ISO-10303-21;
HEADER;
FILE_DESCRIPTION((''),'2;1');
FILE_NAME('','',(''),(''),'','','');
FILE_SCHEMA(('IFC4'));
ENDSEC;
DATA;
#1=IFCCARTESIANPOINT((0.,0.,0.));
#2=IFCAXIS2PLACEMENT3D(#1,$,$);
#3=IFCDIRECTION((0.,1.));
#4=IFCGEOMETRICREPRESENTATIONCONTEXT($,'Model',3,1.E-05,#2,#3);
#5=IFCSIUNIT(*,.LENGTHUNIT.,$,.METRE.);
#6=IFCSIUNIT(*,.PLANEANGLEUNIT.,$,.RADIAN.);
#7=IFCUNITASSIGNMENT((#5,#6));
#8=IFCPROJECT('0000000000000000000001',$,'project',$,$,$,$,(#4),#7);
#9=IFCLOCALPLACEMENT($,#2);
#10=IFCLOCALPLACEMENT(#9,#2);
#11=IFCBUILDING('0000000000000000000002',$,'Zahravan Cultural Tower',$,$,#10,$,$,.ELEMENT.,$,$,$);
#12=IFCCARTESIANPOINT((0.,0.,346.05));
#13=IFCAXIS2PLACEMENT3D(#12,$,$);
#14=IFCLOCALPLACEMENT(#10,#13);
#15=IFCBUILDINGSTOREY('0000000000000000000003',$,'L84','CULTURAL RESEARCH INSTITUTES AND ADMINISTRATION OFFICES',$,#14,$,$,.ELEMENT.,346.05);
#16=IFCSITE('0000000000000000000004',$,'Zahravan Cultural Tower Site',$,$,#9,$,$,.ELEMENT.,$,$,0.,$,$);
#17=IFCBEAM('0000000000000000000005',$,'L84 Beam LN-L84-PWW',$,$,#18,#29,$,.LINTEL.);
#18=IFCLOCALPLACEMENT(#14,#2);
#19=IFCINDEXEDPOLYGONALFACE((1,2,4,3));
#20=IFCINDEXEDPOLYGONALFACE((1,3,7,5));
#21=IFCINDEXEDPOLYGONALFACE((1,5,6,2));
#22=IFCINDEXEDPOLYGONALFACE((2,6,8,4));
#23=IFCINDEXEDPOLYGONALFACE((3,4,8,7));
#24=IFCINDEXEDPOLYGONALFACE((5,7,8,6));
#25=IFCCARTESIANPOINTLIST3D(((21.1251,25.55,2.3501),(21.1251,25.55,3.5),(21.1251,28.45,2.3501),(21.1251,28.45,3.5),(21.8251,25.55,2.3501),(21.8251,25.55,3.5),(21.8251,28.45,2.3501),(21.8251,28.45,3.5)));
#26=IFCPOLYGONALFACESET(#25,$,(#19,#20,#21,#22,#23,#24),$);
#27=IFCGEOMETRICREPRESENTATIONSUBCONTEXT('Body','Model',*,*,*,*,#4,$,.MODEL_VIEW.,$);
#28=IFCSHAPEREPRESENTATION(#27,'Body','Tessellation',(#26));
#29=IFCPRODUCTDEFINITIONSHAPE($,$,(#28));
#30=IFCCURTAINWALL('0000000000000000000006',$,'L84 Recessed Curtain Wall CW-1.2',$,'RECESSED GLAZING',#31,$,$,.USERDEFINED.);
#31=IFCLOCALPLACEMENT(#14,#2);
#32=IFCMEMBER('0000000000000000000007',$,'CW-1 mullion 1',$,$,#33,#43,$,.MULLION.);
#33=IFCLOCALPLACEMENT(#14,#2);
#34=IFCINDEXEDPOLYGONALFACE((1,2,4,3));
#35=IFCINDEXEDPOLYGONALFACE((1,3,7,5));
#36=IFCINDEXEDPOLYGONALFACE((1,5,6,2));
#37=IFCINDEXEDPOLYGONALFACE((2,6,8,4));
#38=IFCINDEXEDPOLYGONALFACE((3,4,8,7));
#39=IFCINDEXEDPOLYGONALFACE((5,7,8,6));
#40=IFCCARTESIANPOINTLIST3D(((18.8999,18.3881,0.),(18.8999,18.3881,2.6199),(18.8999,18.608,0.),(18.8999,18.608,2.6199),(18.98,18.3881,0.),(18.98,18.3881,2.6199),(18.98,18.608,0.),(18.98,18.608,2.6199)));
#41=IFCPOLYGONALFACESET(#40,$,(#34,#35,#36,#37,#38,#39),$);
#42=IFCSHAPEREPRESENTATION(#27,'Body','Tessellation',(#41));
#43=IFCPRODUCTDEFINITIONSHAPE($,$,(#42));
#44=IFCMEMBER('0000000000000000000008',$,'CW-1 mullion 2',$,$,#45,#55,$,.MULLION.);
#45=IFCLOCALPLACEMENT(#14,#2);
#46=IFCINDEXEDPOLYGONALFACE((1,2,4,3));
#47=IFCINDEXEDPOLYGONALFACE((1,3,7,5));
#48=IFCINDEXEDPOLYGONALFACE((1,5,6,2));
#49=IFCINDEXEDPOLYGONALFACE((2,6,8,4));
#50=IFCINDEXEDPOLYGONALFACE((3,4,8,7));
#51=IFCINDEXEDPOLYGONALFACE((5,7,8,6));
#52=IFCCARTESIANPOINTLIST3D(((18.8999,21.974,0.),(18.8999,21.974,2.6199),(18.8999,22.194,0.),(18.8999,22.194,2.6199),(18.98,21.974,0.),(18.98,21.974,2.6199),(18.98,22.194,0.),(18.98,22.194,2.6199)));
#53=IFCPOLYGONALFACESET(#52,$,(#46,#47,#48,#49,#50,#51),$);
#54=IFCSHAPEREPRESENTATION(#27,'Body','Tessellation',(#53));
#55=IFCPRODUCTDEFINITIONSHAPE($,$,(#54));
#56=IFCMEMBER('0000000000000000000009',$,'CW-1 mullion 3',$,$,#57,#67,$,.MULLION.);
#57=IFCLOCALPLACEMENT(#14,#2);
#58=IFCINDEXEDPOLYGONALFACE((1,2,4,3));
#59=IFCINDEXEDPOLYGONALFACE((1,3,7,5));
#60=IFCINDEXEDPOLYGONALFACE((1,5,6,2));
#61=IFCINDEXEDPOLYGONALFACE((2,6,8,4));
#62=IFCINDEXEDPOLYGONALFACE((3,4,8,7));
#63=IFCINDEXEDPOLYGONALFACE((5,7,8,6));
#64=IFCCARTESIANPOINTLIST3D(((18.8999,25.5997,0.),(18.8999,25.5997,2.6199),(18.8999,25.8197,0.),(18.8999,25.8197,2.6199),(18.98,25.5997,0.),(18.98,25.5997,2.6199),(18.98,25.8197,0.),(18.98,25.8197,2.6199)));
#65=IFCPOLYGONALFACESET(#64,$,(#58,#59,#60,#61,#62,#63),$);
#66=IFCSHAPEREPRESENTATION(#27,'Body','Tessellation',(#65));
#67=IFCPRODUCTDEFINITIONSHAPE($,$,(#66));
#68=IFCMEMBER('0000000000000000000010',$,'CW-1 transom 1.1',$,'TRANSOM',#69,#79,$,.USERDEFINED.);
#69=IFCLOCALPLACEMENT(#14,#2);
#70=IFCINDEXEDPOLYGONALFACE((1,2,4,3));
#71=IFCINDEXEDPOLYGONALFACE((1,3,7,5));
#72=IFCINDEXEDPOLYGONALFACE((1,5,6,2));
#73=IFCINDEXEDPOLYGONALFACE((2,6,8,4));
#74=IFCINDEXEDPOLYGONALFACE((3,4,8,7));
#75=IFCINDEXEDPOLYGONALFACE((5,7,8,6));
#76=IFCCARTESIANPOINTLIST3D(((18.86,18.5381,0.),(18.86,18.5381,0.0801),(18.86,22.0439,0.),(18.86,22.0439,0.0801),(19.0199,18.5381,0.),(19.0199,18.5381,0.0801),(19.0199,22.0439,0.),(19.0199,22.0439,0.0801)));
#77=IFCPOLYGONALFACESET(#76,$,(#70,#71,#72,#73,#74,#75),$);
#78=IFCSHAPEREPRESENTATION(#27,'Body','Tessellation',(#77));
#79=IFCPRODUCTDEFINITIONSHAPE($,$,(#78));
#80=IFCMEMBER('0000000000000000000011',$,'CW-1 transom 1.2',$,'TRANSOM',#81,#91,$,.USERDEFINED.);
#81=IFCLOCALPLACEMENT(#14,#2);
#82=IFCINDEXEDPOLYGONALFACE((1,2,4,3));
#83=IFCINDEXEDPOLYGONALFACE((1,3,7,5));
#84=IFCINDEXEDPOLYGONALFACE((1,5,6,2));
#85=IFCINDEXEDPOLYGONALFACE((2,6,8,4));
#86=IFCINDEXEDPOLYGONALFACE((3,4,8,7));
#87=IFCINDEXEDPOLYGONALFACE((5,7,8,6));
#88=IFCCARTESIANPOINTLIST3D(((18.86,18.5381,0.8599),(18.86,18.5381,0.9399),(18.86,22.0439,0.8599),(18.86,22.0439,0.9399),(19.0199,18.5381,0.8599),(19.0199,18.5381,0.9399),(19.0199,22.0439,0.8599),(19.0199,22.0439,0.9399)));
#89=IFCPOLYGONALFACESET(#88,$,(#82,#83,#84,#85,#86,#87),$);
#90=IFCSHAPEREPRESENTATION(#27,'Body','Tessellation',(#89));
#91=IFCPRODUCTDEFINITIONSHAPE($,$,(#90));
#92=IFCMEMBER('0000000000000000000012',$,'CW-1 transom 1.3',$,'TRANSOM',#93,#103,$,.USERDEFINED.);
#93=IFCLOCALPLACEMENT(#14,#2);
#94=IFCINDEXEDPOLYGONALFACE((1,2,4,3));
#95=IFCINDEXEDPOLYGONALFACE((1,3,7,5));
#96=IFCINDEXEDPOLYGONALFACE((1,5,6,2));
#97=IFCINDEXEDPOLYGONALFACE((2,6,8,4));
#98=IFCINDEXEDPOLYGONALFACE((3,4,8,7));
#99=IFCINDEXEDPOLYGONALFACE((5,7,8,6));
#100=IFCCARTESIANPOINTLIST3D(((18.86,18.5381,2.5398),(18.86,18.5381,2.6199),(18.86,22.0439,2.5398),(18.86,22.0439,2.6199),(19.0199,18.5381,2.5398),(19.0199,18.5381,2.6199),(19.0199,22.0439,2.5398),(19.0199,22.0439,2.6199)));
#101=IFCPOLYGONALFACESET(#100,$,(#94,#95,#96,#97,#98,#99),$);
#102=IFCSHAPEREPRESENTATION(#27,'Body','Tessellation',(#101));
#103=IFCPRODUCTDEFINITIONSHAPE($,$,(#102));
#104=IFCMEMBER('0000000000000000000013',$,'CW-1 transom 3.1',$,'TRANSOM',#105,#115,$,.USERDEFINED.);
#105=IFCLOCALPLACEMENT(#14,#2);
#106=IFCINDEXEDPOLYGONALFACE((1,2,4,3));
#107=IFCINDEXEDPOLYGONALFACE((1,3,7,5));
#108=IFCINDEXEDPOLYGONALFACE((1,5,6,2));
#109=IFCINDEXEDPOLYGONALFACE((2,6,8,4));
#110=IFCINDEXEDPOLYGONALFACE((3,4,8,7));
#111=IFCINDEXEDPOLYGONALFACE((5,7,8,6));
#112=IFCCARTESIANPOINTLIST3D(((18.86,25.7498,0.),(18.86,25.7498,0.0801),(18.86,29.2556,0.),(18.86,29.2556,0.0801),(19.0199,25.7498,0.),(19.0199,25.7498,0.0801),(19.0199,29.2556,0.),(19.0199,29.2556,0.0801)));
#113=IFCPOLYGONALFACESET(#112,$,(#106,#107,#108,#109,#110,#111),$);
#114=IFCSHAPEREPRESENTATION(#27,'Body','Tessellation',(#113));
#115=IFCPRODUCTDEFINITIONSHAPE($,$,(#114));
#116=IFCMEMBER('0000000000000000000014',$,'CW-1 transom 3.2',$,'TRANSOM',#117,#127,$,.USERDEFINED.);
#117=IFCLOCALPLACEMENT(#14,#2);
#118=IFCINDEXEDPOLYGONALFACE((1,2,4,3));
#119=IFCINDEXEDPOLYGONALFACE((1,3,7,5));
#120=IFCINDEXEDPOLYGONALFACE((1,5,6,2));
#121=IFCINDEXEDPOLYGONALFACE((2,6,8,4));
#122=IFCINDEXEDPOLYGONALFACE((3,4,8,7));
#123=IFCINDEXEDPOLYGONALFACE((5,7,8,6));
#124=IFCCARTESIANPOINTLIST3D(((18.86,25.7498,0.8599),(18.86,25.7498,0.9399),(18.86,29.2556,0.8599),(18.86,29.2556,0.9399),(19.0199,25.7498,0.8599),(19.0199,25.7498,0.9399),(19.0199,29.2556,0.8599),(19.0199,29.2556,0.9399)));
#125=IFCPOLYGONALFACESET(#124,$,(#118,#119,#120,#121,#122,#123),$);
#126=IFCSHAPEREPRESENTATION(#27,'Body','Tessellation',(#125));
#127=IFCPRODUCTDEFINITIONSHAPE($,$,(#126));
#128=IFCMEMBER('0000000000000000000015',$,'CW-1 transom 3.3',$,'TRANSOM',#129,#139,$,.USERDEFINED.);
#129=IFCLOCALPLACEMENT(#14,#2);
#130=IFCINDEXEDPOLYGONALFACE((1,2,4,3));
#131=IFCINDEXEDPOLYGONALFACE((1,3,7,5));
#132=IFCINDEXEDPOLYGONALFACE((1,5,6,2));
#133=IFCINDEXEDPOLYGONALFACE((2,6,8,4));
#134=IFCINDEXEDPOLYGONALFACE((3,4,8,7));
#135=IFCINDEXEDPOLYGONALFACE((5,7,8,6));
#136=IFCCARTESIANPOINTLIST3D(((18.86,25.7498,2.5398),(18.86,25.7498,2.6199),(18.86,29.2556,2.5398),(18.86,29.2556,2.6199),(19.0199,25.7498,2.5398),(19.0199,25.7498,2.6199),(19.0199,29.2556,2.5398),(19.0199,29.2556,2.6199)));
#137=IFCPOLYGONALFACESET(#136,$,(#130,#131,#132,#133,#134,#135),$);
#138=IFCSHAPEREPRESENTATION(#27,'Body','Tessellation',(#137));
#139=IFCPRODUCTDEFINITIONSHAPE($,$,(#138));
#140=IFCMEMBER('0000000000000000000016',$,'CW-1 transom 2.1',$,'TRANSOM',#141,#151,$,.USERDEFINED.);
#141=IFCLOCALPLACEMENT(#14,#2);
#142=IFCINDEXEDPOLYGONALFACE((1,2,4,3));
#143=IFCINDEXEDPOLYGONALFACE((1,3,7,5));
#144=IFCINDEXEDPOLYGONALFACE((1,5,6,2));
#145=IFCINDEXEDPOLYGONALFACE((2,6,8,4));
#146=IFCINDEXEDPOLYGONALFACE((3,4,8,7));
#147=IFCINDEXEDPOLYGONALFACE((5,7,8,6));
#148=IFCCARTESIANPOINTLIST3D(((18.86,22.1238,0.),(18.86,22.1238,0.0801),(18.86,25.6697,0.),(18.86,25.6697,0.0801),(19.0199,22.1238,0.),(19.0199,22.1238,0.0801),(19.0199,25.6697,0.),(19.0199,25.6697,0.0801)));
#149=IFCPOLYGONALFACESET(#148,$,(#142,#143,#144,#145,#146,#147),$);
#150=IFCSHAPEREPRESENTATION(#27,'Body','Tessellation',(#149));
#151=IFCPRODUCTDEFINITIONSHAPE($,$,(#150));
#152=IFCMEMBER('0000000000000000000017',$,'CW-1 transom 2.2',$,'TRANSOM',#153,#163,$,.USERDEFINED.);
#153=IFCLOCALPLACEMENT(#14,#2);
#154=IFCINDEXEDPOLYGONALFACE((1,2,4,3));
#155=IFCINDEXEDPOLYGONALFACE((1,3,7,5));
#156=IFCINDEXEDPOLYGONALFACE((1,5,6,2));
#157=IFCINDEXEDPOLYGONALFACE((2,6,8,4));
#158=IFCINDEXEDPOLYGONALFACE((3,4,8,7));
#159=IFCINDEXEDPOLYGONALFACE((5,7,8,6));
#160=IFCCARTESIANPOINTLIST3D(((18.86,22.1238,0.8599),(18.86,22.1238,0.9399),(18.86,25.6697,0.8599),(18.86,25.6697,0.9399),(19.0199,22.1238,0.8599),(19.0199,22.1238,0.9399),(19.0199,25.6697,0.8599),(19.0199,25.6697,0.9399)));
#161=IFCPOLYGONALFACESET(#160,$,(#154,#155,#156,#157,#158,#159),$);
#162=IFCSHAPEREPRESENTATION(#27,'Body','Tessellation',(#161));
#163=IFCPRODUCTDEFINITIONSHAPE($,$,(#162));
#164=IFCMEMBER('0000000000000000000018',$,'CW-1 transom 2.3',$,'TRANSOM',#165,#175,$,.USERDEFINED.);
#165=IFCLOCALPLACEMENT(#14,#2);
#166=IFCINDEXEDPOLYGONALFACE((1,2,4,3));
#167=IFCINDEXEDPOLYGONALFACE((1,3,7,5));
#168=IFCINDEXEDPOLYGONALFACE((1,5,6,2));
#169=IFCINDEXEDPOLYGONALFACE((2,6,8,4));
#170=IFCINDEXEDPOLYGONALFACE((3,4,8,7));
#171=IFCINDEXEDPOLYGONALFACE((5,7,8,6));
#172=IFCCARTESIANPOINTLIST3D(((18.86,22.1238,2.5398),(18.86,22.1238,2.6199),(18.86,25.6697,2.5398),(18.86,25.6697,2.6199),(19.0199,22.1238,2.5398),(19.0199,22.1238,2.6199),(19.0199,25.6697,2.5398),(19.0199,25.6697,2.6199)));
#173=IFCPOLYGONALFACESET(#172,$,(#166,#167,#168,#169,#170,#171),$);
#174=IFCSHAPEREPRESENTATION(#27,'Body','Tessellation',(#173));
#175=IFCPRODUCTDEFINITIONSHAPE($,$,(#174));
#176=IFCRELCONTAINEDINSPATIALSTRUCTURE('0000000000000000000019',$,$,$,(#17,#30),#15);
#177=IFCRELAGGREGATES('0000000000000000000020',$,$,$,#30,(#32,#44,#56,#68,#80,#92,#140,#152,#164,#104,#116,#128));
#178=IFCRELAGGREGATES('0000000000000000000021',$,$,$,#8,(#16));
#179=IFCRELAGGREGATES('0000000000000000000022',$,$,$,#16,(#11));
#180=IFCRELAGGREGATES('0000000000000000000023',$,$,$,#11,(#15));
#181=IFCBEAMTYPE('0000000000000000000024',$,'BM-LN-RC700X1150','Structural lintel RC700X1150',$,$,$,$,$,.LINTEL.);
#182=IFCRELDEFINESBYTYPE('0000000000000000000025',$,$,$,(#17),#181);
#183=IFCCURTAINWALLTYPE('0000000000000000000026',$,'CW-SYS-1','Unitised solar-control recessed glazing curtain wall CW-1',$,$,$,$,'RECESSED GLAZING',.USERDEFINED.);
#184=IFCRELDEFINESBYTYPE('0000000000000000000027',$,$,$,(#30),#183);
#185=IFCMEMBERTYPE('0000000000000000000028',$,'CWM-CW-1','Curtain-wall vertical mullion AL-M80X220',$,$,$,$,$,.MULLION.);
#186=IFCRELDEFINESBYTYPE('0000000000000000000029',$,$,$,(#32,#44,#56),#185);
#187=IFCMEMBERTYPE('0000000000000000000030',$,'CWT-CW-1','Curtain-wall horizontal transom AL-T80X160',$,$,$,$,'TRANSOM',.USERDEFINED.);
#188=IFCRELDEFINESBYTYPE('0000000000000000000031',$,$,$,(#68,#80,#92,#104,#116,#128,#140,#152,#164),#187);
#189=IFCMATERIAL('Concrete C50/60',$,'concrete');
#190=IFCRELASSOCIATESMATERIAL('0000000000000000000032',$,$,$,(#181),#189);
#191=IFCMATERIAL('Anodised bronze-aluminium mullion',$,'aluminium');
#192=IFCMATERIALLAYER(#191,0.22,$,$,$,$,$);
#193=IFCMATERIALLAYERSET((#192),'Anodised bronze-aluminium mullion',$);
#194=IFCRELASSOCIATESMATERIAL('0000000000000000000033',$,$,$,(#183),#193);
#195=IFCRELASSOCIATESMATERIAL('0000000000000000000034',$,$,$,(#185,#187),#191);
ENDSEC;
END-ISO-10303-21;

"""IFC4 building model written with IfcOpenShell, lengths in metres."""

from ifc_helpers import new_model, si_unit, direction, frame, origin, origin_2d, place, context, subcontext, project, spatial, rectangle, extrude, source, transform, mapped, material, layer, layer_set, material_profile, profile_set, type_object, element, aggregate, save


model = new_model("IFC4")

# Units and contexts
model_context = context("Model", 3, precision=1e-05, world=origin(), true_north=direction((0.0, 1.0)))
body_context = subcontext(model_context, "Body", "Model", "MODEL_VIEW")
ifc_project = project(units=[si_unit("LENGTHUNIT", "METRE"), si_unit("PLANEANGLEUNIT", "RADIAN")], contexts=[model_context])

# Site, building, storey
site_placement = place(None, origin())
site = spatial("IfcSite", under=ifc_project, at=site_placement, Name="Zahravan Cultural Tower Site", CompositionType="ELEMENT", RefElevation=0.0)
building_placement = place(site_placement, origin())
building = spatial("IfcBuilding", under=site, at=building_placement, Name="Zahravan Cultural Tower", CompositionType="ELEMENT")
storey_placement = place(building_placement, frame((0.0, 0.0, 346.05)))
storey = spatial("IfcBuildingStorey", under=building, at=storey_placement, Name="L84", Description="CULTURAL RESEARCH INSTITUTES AND ADMINISTRATION OFFICES", CompositionType="ELEMENT", Elevation=346.05)

# Beam
ifc_material_1 = material(Name="Concrete C50/60", Category="concrete")
ifc_material_profile_1 = material_profile(ifc_material_1, rectangle(XDim=0.7, YDim=1.1499, at=origin_2d()), Name="RC700X1150")
ifc_profile_set_1 = profile_set([ifc_material_profile_1], Name="Concrete C50/60")
beam_type = type_object("IfcBeamType", Name="BM-LN-RC700X1150", Description="Structural lintel RC700X1150", PredefinedType="LINTEL", material=ifc_profile_set_1)
shared_shape_1 = source(origin(), body_context, "Body", "SweptSolid", [
    extrude(rectangle(XDim=0.7, YDim=1.1499, at=origin_2d()), origin(), (0.0, 0.0, 1.0), 2.8999),
])
beam_placement = place(storey_placement, frame((21.4751, 25.55, 2.925), z_axis=(0.0, 1.0, 0.0), x_axis=(-1.0, 0.0, 0.0)))
element("IfcBeam", 1, at=beam_placement, inside=storey, type_object=beam_type, Name="L84 Beam LN-L84-PWW", PredefinedType="LINTEL", context=body_context, shape_type="MappedRepresentation", body=[
    mapped(shared_shape_1, transform((0.0, 0.0, 0.0), x_axis=(1.0, 0.0, 0.0), y_axis=(0.0, 1.0, 0.0), z_axis=(0.0, 0.0, 1.0), scale=1.0)),
])

# Curtain wall, members
ifc_material_2 = material(Name="Anodised bronze-aluminium mullion", Category="aluminium")
ifc_layer_1 = layer(ifc_material_2, 0.22)
ifc_layer_set_1 = layer_set([ifc_layer_1], Name="Anodised bronze-aluminium mullion")
curtain_wall_type = type_object("IfcCurtainWallType", Name="CW-SYS-1", Description="Unitised solar-control recessed glazing curtain wall CW-1", ElementType="RECESSED GLAZING", PredefinedType="USERDEFINED", material=ifc_layer_set_1)
curtain_wall_placement = place(storey_placement, origin())
curtain_wall = element("IfcCurtainWall", 2, at=curtain_wall_placement, inside=storey, type_object=curtain_wall_type, Name="L84 Recessed Curtain Wall CW-1.2", ObjectType="RECESSED GLAZING", PredefinedType="USERDEFINED")
ifc_material_profile_2 = material_profile(ifc_material_2, rectangle(XDim=0.0801, YDim=0.22, at=origin_2d()), Name="AL-M80X220")
ifc_profile_set_2 = profile_set([ifc_material_profile_2], Name="Anodised bronze-aluminium mullion")
member_type_1 = type_object("IfcMemberType", Name="CWM-CW-1", Description="Curtain-wall vertical mullion AL-M80X220", PredefinedType="MULLION", material=ifc_profile_set_2)
shared_shape_2 = source(origin(), body_context, "Body", "SweptSolid", [
    extrude(rectangle(XDim=0.0801, YDim=0.22, at=origin_2d()), origin(), (0.0, 0.0, 1.0), 2.6199),
])
member_1_placement = place(storey_placement, frame((18.9399, 18.498, 0.0), z_axis=(0.0, 0.0, 1.0), x_axis=(-1.0, 0.0, 0.0)))
member_1 = element("IfcMember", 3, at=member_1_placement, type_object=member_type_1, Name="CW-1 mullion 1", PredefinedType="MULLION", context=body_context, shape_type="MappedRepresentation", body=[
    mapped(shared_shape_2, transform((0.0, 0.0, 0.0), x_axis=(1.0, 0.0, 0.0), y_axis=(0.0, 1.0, 0.0), z_axis=(0.0, 0.0, 1.0), scale=1.0)),
])
member_2_placement = place(storey_placement, frame((18.9399, 22.084, 0.0), z_axis=(0.0, 0.0, 1.0), x_axis=(-1.0, 0.0, 0.0)))
member_2 = element("IfcMember", 4, at=member_2_placement, type_object=member_type_1, Name="CW-1 mullion 2", PredefinedType="MULLION", context=body_context, shape_type="MappedRepresentation", body=[
    mapped(shared_shape_2, transform((0.0, 0.0, 0.0), x_axis=(1.0, 0.0, 0.0), y_axis=(0.0, 1.0, 0.0), z_axis=(0.0, 0.0, 1.0), scale=1.0)),
])
member_3_placement = place(storey_placement, frame((18.9399, 25.7097, 0.0), z_axis=(0.0, 0.0, 1.0), x_axis=(-1.0, 0.0, 0.0)))
member_3 = element("IfcMember", 5, at=member_3_placement, type_object=member_type_1, Name="CW-1 mullion 3", PredefinedType="MULLION", context=body_context, shape_type="MappedRepresentation", body=[
    mapped(shared_shape_2, transform((0.0, 0.0, 0.0), x_axis=(1.0, 0.0, 0.0), y_axis=(0.0, 1.0, 0.0), z_axis=(0.0, 0.0, 1.0), scale=1.0)),
])
ifc_material_profile_3 = material_profile(ifc_material_2, rectangle(XDim=0.1599, YDim=0.0801, at=origin_2d()), Name="AL-T80X160")
ifc_profile_set_3 = profile_set([ifc_material_profile_3], Name="Anodised bronze-aluminium mullion")
member_type_2 = type_object("IfcMemberType", Name="CWT-CW-1", Description="Curtain-wall horizontal transom AL-T80X160", ElementType="TRANSOM", PredefinedType="USERDEFINED", material=ifc_profile_set_3)
shared_shape_3 = source(origin(), body_context, "Body", "SweptSolid", [
    extrude(rectangle(XDim=0.1599, YDim=0.0801, at=origin_2d()), origin(), (0.0, 0.0, 1.0), 3.5059),
])
member_4_placement = place(storey_placement, frame((18.9399, 18.5381, 0.04), z_axis=(0.0, 1.0, 0.0), x_axis=(-1.0, 0.0, 0.0)))
member_4 = element("IfcMember", 6, at=member_4_placement, type_object=member_type_2, Name="CW-1 transom 1.1", ObjectType="TRANSOM", PredefinedType="USERDEFINED", context=body_context, shape_type="MappedRepresentation", body=[
    mapped(shared_shape_3, transform((0.0, 0.0, 0.0), x_axis=(1.0, 0.0, 0.0), y_axis=(0.0, 1.0, 0.0), z_axis=(0.0, 0.0, 1.0), scale=1.0)),
])
member_5_placement = place(storey_placement, frame((18.9399, 18.5381, 0.8999), z_axis=(0.0, 1.0, 0.0), x_axis=(-1.0, 0.0, 0.0)))
member_5 = element("IfcMember", 7, at=member_5_placement, type_object=member_type_2, Name="CW-1 transom 1.2", ObjectType="TRANSOM", PredefinedType="USERDEFINED", context=body_context, shape_type="MappedRepresentation", body=[
    mapped(shared_shape_3, transform((0.0, 0.0, 0.0), x_axis=(1.0, 0.0, 0.0), y_axis=(0.0, 1.0, 0.0), z_axis=(0.0, 0.0, 1.0), scale=1.0)),
])
member_6_placement = place(storey_placement, frame((18.9399, 18.5381, 2.5798), z_axis=(0.0, 1.0, 0.0), x_axis=(-1.0, 0.0, 0.0)))
member_6 = element("IfcMember", 8, at=member_6_placement, type_object=member_type_2, Name="CW-1 transom 1.3", ObjectType="TRANSOM", PredefinedType="USERDEFINED", context=body_context, shape_type="MappedRepresentation", body=[
    mapped(shared_shape_3, transform((0.0, 0.0, 0.0), x_axis=(1.0, 0.0, 0.0), y_axis=(0.0, 1.0, 0.0), z_axis=(0.0, 0.0, 1.0), scale=1.0)),
])
member_7_placement = place(storey_placement, frame((18.9399, 25.7498, 0.04), z_axis=(0.0, 1.0, 0.0), x_axis=(-1.0, 0.0, 0.0)))
member_7 = element("IfcMember", 9, at=member_7_placement, type_object=member_type_2, Name="CW-1 transom 3.1", ObjectType="TRANSOM", PredefinedType="USERDEFINED", context=body_context, shape_type="MappedRepresentation", body=[
    mapped(shared_shape_3, transform((0.0, 0.0, 0.0), x_axis=(1.0, 0.0, 0.0), y_axis=(0.0, 1.0, 0.0), z_axis=(0.0, 0.0, 1.0), scale=1.0)),
])
member_8_placement = place(storey_placement, frame((18.9399, 25.7498, 0.8999), z_axis=(0.0, 1.0, 0.0), x_axis=(-1.0, 0.0, 0.0)))
member_8 = element("IfcMember", 10, at=member_8_placement, type_object=member_type_2, Name="CW-1 transom 3.2", ObjectType="TRANSOM", PredefinedType="USERDEFINED", context=body_context, shape_type="MappedRepresentation", body=[
    mapped(shared_shape_3, transform((0.0, 0.0, 0.0), x_axis=(1.0, 0.0, 0.0), y_axis=(0.0, 1.0, 0.0), z_axis=(0.0, 0.0, 1.0), scale=1.0)),
])
member_9_placement = place(storey_placement, frame((18.9399, 25.7498, 2.5798), z_axis=(0.0, 1.0, 0.0), x_axis=(-1.0, 0.0, 0.0)))
member_9 = element("IfcMember", 11, at=member_9_placement, type_object=member_type_2, Name="CW-1 transom 3.3", ObjectType="TRANSOM", PredefinedType="USERDEFINED", context=body_context, shape_type="MappedRepresentation", body=[
    mapped(shared_shape_3, transform((0.0, 0.0, 0.0), x_axis=(1.0, 0.0, 0.0), y_axis=(0.0, 1.0, 0.0), z_axis=(0.0, 0.0, 1.0), scale=1.0)),
])
shared_shape_4 = source(origin(), body_context, "Body", "SweptSolid", [
    extrude(rectangle(XDim=0.1599, YDim=0.0801, at=origin_2d()), origin(), (0.0, 0.0, 1.0), 3.5459),
])
member_10_placement = place(storey_placement, frame((18.9399, 22.1238, 0.04), z_axis=(0.0, 1.0, 0.0), x_axis=(-1.0, 0.0, 0.0)))
member_10 = element("IfcMember", 12, at=member_10_placement, type_object=member_type_2, Name="CW-1 transom 2.1", ObjectType="TRANSOM", PredefinedType="USERDEFINED", context=body_context, shape_type="MappedRepresentation", body=[
    mapped(shared_shape_4, transform((0.0, 0.0, 0.0), x_axis=(1.0, 0.0, 0.0), y_axis=(0.0, 1.0, 0.0), z_axis=(0.0, 0.0, 1.0), scale=1.0)),
])
member_11_placement = place(storey_placement, frame((18.9399, 22.1238, 0.8999), z_axis=(0.0, 1.0, 0.0), x_axis=(-1.0, 0.0, 0.0)))
member_11 = element("IfcMember", 13, at=member_11_placement, type_object=member_type_2, Name="CW-1 transom 2.2", ObjectType="TRANSOM", PredefinedType="USERDEFINED", context=body_context, shape_type="MappedRepresentation", body=[
    mapped(shared_shape_4, transform((0.0, 0.0, 0.0), x_axis=(1.0, 0.0, 0.0), y_axis=(0.0, 1.0, 0.0), z_axis=(0.0, 0.0, 1.0), scale=1.0)),
])
member_12_placement = place(storey_placement, frame((18.9399, 22.1238, 2.5798), z_axis=(0.0, 1.0, 0.0), x_axis=(-1.0, 0.0, 0.0)))
member_12 = element("IfcMember", 14, at=member_12_placement, type_object=member_type_2, Name="CW-1 transom 2.3", ObjectType="TRANSOM", PredefinedType="USERDEFINED", context=body_context, shape_type="MappedRepresentation", body=[
    mapped(shared_shape_4, transform((0.0, 0.0, 0.0), x_axis=(1.0, 0.0, 0.0), y_axis=(0.0, 1.0, 0.0), z_axis=(0.0, 0.0, 1.0), scale=1.0)),
])
aggregate(curtain_wall, [member_1, member_2, member_3, member_4, member_5, member_6, member_10, member_11, member_12, member_7, member_8, member_9])

save(model, "model.ifc")
